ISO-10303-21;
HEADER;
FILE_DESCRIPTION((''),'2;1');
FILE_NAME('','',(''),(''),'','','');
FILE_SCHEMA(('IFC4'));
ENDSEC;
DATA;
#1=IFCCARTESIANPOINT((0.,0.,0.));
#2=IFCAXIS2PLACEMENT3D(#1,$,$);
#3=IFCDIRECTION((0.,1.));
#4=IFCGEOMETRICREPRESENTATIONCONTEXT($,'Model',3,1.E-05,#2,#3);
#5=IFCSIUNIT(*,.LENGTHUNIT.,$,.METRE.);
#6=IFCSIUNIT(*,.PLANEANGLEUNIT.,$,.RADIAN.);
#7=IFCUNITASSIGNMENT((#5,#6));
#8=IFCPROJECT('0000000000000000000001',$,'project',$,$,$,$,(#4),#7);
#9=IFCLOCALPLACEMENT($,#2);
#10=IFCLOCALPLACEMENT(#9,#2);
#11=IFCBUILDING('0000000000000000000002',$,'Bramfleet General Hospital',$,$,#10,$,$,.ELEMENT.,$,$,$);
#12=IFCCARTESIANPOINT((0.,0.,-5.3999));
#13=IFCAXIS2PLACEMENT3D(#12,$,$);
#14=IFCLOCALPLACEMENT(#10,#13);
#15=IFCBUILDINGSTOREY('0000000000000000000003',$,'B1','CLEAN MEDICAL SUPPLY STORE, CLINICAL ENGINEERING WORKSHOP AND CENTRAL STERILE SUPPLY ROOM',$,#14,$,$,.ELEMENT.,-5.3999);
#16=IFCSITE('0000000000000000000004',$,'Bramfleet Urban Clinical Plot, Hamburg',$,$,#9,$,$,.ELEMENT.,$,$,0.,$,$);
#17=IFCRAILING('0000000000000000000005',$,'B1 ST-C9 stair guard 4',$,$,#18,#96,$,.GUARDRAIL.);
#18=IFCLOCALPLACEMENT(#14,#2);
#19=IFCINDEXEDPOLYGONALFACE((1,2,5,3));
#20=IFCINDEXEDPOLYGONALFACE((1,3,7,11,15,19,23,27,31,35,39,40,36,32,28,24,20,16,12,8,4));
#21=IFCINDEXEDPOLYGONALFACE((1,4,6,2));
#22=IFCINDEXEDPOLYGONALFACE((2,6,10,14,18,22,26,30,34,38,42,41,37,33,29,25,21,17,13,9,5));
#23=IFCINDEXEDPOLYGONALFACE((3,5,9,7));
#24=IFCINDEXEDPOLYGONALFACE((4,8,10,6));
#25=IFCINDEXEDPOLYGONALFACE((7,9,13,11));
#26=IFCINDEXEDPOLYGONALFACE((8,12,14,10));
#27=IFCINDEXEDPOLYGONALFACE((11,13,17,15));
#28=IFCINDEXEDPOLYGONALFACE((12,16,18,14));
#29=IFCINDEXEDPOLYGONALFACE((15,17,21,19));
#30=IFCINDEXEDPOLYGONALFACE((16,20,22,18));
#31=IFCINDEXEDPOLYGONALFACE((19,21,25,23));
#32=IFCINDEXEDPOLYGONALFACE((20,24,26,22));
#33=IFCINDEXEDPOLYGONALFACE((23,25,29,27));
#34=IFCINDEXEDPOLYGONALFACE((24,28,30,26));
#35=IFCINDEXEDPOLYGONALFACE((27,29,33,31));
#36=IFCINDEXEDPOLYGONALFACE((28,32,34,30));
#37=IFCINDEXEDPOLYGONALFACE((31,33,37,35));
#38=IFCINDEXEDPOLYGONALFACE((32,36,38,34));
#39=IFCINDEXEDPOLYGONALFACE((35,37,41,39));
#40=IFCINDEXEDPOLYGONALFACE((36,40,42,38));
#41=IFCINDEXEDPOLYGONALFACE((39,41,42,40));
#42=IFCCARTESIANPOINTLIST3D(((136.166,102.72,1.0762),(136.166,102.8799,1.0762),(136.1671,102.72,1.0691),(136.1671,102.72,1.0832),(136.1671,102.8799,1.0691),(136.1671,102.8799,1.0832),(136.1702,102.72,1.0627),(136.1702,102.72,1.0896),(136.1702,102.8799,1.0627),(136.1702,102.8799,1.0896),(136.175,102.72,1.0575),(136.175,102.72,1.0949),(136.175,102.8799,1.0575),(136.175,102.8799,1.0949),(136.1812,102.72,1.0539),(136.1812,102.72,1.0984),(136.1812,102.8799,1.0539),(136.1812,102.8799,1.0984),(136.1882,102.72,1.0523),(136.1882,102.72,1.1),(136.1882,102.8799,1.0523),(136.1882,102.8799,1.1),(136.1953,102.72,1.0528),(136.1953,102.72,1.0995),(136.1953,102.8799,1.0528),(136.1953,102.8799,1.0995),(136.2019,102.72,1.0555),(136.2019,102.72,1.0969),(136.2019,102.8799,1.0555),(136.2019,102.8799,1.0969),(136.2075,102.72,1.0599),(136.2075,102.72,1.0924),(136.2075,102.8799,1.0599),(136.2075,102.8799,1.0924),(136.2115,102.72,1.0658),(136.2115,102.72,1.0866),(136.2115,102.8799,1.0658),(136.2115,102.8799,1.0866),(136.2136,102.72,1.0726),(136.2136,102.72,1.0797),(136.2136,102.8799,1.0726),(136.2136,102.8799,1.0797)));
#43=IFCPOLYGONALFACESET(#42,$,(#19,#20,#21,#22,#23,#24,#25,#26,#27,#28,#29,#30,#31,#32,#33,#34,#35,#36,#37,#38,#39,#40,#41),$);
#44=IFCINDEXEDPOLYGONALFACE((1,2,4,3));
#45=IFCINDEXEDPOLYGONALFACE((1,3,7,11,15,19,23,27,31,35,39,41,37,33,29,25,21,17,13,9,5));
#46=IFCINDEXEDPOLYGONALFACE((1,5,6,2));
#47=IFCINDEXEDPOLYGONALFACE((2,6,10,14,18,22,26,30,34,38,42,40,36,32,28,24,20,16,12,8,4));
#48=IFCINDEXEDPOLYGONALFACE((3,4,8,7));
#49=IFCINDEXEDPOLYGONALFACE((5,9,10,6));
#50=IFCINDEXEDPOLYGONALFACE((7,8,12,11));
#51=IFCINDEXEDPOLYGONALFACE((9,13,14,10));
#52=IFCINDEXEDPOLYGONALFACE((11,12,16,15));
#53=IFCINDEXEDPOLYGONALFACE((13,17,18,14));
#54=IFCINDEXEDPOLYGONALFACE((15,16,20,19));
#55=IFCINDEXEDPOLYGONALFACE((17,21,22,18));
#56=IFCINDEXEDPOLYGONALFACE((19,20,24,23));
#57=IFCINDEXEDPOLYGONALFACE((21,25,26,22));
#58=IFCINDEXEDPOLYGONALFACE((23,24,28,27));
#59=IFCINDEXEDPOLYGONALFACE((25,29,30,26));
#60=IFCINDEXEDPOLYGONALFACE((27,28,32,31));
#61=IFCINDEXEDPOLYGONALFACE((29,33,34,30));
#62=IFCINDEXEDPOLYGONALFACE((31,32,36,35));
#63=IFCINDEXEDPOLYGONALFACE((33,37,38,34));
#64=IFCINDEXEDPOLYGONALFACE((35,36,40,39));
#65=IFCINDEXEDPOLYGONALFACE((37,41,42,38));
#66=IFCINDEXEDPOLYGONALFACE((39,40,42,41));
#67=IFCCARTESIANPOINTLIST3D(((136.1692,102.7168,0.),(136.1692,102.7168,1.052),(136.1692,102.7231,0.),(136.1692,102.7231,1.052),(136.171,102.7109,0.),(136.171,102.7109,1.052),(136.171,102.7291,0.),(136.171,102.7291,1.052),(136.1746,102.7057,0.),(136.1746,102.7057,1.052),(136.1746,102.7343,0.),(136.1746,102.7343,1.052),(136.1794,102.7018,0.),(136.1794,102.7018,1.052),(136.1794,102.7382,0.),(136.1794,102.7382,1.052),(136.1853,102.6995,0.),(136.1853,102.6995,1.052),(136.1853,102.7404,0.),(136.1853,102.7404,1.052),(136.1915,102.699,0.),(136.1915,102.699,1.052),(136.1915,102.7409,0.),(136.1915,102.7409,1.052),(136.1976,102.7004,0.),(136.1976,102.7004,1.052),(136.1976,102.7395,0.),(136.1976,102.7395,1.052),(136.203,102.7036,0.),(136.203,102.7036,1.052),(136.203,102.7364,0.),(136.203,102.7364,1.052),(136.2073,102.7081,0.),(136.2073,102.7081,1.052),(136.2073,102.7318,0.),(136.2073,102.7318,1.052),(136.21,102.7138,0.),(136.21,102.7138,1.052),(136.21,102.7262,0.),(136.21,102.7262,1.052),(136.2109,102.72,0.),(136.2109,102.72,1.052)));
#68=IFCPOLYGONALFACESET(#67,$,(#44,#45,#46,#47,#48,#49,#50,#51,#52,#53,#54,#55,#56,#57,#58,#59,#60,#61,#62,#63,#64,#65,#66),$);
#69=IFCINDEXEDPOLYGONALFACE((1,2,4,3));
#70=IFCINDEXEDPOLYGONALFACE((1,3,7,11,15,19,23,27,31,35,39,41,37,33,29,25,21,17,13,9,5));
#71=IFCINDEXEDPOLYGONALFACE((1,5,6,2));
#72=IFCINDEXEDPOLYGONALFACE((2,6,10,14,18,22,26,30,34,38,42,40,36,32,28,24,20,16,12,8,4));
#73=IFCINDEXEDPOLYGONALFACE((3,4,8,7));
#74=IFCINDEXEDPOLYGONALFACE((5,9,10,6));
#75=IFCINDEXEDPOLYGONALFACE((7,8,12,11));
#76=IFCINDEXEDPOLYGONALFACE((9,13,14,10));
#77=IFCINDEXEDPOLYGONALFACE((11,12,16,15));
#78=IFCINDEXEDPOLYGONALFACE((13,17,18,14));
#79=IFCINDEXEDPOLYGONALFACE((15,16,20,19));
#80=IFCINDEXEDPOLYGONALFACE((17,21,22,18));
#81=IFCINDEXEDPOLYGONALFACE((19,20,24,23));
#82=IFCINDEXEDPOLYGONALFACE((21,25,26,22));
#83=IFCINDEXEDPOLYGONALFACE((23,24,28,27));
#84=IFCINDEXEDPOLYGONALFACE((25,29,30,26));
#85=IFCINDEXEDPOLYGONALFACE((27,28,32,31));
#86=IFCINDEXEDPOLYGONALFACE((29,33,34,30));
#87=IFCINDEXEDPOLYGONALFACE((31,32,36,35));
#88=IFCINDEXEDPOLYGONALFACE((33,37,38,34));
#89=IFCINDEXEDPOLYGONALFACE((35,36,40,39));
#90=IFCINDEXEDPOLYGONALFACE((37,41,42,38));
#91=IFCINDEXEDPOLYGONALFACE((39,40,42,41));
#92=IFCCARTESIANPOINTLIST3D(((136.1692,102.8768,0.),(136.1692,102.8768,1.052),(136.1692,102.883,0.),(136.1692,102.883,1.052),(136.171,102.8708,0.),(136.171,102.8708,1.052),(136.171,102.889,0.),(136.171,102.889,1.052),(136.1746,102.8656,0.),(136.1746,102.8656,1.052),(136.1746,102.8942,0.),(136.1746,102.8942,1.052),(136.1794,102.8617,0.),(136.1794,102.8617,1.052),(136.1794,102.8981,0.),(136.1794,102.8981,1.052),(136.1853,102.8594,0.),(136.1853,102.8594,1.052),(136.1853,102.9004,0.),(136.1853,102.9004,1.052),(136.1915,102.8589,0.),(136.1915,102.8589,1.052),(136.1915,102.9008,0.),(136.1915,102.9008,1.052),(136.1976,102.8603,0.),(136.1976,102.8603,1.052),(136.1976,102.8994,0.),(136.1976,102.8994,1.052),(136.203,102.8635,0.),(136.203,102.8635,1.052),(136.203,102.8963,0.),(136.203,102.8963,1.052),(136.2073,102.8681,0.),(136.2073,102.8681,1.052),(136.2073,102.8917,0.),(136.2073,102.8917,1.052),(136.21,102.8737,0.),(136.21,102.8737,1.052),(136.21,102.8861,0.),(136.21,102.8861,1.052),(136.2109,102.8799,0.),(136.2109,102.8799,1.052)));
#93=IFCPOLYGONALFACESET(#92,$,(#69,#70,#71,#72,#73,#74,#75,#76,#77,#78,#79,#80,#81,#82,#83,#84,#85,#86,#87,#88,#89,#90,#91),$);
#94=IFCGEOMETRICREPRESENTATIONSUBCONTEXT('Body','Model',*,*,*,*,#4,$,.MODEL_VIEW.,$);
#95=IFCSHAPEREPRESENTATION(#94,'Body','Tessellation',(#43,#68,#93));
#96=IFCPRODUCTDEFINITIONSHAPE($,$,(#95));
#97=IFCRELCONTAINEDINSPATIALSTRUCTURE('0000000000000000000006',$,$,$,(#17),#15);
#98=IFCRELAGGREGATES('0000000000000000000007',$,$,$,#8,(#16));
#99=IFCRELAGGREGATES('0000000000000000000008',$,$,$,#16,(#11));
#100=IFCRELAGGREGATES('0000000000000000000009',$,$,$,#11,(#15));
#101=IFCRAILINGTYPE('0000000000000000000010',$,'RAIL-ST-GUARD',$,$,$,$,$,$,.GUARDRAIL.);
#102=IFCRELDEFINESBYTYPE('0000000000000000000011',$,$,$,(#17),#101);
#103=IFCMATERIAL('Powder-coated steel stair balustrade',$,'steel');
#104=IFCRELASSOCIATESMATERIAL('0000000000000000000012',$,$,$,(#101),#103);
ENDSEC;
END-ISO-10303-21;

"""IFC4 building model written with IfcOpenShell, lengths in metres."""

from ifc_helpers import new_model, si_unit, direction, frame, origin, origin_2d, place, context, subcontext, project, spatial, circle, extrude, material, type_object, element, save


model = new_model("IFC4")

# Units and contexts
model_context = context("Model", 3, precision=1e-05, world=origin(), true_north=direction((0.0, 1.0)))
body_context = subcontext(model_context, "Body", "Model", "MODEL_VIEW")
ifc_project = project(units=[si_unit("LENGTHUNIT", "METRE"), si_unit("PLANEANGLEUNIT", "RADIAN")], contexts=[model_context])

# Site, building, storey
site_placement = place(None, origin())
site = spatial("IfcSite", under=ifc_project, at=site_placement, Name="Bramfleet Urban Clinical Plot, Hamburg", CompositionType="ELEMENT", RefElevation=0.0)
building_placement = place(site_placement, origin())
building = spatial("IfcBuilding", under=site, at=building_placement, Name="Bramfleet General Hospital", CompositionType="ELEMENT")
storey_placement = place(building_placement, frame((0.0, 0.0, -5.3999)))
storey = spatial("IfcBuildingStorey", under=building, at=storey_placement, Name="B1", Description="CLEAN MEDICAL SUPPLY STORE, CLINICAL ENGINEERING WORKSHOP AND CENTRAL STERILE SUPPLY ROOM", CompositionType="ELEMENT", Elevation=-5.3999)

# Railing
ifc_material_1 = material(Name="Powder-coated steel stair balustrade", Category="steel")
railing_type_1 = type_object("IfcRailingType", Name="RAIL-ST-GUARD", PredefinedType="GUARDRAIL", material=ifc_material_1)
railing_1_placement = place(storey_placement, frame((136.1899, 102.72, 0.0)))
element("IfcRailing", 1, at=railing_1_placement, inside=storey, type_object=railing_type_1, Name="B1 ST-C9 stair guard 4", PredefinedType="GUARDRAIL", context=body_context, shape_type="SweptSolid", body=[
    extrude(circle(Radius=0.0239, at=origin_2d()), frame((0.0, 0.0, 1.0762), z_axis=(0.0, 1.0, 0.0), x_axis=(-1.0, 0.0, 0.0)), (0.0, 0.0, 1.0), 0.1599),
    extrude(circle(Radius=0.021, at=origin_2d()), origin(), (0.0, 0.0, 1.0), 1.052),
    extrude(circle(Radius=0.021, at=origin_2d()), frame((0.0, 0.1599, 0.0)), (0.0, 0.0, 1.0), 1.052),
])

save(model, "model.ifc")
